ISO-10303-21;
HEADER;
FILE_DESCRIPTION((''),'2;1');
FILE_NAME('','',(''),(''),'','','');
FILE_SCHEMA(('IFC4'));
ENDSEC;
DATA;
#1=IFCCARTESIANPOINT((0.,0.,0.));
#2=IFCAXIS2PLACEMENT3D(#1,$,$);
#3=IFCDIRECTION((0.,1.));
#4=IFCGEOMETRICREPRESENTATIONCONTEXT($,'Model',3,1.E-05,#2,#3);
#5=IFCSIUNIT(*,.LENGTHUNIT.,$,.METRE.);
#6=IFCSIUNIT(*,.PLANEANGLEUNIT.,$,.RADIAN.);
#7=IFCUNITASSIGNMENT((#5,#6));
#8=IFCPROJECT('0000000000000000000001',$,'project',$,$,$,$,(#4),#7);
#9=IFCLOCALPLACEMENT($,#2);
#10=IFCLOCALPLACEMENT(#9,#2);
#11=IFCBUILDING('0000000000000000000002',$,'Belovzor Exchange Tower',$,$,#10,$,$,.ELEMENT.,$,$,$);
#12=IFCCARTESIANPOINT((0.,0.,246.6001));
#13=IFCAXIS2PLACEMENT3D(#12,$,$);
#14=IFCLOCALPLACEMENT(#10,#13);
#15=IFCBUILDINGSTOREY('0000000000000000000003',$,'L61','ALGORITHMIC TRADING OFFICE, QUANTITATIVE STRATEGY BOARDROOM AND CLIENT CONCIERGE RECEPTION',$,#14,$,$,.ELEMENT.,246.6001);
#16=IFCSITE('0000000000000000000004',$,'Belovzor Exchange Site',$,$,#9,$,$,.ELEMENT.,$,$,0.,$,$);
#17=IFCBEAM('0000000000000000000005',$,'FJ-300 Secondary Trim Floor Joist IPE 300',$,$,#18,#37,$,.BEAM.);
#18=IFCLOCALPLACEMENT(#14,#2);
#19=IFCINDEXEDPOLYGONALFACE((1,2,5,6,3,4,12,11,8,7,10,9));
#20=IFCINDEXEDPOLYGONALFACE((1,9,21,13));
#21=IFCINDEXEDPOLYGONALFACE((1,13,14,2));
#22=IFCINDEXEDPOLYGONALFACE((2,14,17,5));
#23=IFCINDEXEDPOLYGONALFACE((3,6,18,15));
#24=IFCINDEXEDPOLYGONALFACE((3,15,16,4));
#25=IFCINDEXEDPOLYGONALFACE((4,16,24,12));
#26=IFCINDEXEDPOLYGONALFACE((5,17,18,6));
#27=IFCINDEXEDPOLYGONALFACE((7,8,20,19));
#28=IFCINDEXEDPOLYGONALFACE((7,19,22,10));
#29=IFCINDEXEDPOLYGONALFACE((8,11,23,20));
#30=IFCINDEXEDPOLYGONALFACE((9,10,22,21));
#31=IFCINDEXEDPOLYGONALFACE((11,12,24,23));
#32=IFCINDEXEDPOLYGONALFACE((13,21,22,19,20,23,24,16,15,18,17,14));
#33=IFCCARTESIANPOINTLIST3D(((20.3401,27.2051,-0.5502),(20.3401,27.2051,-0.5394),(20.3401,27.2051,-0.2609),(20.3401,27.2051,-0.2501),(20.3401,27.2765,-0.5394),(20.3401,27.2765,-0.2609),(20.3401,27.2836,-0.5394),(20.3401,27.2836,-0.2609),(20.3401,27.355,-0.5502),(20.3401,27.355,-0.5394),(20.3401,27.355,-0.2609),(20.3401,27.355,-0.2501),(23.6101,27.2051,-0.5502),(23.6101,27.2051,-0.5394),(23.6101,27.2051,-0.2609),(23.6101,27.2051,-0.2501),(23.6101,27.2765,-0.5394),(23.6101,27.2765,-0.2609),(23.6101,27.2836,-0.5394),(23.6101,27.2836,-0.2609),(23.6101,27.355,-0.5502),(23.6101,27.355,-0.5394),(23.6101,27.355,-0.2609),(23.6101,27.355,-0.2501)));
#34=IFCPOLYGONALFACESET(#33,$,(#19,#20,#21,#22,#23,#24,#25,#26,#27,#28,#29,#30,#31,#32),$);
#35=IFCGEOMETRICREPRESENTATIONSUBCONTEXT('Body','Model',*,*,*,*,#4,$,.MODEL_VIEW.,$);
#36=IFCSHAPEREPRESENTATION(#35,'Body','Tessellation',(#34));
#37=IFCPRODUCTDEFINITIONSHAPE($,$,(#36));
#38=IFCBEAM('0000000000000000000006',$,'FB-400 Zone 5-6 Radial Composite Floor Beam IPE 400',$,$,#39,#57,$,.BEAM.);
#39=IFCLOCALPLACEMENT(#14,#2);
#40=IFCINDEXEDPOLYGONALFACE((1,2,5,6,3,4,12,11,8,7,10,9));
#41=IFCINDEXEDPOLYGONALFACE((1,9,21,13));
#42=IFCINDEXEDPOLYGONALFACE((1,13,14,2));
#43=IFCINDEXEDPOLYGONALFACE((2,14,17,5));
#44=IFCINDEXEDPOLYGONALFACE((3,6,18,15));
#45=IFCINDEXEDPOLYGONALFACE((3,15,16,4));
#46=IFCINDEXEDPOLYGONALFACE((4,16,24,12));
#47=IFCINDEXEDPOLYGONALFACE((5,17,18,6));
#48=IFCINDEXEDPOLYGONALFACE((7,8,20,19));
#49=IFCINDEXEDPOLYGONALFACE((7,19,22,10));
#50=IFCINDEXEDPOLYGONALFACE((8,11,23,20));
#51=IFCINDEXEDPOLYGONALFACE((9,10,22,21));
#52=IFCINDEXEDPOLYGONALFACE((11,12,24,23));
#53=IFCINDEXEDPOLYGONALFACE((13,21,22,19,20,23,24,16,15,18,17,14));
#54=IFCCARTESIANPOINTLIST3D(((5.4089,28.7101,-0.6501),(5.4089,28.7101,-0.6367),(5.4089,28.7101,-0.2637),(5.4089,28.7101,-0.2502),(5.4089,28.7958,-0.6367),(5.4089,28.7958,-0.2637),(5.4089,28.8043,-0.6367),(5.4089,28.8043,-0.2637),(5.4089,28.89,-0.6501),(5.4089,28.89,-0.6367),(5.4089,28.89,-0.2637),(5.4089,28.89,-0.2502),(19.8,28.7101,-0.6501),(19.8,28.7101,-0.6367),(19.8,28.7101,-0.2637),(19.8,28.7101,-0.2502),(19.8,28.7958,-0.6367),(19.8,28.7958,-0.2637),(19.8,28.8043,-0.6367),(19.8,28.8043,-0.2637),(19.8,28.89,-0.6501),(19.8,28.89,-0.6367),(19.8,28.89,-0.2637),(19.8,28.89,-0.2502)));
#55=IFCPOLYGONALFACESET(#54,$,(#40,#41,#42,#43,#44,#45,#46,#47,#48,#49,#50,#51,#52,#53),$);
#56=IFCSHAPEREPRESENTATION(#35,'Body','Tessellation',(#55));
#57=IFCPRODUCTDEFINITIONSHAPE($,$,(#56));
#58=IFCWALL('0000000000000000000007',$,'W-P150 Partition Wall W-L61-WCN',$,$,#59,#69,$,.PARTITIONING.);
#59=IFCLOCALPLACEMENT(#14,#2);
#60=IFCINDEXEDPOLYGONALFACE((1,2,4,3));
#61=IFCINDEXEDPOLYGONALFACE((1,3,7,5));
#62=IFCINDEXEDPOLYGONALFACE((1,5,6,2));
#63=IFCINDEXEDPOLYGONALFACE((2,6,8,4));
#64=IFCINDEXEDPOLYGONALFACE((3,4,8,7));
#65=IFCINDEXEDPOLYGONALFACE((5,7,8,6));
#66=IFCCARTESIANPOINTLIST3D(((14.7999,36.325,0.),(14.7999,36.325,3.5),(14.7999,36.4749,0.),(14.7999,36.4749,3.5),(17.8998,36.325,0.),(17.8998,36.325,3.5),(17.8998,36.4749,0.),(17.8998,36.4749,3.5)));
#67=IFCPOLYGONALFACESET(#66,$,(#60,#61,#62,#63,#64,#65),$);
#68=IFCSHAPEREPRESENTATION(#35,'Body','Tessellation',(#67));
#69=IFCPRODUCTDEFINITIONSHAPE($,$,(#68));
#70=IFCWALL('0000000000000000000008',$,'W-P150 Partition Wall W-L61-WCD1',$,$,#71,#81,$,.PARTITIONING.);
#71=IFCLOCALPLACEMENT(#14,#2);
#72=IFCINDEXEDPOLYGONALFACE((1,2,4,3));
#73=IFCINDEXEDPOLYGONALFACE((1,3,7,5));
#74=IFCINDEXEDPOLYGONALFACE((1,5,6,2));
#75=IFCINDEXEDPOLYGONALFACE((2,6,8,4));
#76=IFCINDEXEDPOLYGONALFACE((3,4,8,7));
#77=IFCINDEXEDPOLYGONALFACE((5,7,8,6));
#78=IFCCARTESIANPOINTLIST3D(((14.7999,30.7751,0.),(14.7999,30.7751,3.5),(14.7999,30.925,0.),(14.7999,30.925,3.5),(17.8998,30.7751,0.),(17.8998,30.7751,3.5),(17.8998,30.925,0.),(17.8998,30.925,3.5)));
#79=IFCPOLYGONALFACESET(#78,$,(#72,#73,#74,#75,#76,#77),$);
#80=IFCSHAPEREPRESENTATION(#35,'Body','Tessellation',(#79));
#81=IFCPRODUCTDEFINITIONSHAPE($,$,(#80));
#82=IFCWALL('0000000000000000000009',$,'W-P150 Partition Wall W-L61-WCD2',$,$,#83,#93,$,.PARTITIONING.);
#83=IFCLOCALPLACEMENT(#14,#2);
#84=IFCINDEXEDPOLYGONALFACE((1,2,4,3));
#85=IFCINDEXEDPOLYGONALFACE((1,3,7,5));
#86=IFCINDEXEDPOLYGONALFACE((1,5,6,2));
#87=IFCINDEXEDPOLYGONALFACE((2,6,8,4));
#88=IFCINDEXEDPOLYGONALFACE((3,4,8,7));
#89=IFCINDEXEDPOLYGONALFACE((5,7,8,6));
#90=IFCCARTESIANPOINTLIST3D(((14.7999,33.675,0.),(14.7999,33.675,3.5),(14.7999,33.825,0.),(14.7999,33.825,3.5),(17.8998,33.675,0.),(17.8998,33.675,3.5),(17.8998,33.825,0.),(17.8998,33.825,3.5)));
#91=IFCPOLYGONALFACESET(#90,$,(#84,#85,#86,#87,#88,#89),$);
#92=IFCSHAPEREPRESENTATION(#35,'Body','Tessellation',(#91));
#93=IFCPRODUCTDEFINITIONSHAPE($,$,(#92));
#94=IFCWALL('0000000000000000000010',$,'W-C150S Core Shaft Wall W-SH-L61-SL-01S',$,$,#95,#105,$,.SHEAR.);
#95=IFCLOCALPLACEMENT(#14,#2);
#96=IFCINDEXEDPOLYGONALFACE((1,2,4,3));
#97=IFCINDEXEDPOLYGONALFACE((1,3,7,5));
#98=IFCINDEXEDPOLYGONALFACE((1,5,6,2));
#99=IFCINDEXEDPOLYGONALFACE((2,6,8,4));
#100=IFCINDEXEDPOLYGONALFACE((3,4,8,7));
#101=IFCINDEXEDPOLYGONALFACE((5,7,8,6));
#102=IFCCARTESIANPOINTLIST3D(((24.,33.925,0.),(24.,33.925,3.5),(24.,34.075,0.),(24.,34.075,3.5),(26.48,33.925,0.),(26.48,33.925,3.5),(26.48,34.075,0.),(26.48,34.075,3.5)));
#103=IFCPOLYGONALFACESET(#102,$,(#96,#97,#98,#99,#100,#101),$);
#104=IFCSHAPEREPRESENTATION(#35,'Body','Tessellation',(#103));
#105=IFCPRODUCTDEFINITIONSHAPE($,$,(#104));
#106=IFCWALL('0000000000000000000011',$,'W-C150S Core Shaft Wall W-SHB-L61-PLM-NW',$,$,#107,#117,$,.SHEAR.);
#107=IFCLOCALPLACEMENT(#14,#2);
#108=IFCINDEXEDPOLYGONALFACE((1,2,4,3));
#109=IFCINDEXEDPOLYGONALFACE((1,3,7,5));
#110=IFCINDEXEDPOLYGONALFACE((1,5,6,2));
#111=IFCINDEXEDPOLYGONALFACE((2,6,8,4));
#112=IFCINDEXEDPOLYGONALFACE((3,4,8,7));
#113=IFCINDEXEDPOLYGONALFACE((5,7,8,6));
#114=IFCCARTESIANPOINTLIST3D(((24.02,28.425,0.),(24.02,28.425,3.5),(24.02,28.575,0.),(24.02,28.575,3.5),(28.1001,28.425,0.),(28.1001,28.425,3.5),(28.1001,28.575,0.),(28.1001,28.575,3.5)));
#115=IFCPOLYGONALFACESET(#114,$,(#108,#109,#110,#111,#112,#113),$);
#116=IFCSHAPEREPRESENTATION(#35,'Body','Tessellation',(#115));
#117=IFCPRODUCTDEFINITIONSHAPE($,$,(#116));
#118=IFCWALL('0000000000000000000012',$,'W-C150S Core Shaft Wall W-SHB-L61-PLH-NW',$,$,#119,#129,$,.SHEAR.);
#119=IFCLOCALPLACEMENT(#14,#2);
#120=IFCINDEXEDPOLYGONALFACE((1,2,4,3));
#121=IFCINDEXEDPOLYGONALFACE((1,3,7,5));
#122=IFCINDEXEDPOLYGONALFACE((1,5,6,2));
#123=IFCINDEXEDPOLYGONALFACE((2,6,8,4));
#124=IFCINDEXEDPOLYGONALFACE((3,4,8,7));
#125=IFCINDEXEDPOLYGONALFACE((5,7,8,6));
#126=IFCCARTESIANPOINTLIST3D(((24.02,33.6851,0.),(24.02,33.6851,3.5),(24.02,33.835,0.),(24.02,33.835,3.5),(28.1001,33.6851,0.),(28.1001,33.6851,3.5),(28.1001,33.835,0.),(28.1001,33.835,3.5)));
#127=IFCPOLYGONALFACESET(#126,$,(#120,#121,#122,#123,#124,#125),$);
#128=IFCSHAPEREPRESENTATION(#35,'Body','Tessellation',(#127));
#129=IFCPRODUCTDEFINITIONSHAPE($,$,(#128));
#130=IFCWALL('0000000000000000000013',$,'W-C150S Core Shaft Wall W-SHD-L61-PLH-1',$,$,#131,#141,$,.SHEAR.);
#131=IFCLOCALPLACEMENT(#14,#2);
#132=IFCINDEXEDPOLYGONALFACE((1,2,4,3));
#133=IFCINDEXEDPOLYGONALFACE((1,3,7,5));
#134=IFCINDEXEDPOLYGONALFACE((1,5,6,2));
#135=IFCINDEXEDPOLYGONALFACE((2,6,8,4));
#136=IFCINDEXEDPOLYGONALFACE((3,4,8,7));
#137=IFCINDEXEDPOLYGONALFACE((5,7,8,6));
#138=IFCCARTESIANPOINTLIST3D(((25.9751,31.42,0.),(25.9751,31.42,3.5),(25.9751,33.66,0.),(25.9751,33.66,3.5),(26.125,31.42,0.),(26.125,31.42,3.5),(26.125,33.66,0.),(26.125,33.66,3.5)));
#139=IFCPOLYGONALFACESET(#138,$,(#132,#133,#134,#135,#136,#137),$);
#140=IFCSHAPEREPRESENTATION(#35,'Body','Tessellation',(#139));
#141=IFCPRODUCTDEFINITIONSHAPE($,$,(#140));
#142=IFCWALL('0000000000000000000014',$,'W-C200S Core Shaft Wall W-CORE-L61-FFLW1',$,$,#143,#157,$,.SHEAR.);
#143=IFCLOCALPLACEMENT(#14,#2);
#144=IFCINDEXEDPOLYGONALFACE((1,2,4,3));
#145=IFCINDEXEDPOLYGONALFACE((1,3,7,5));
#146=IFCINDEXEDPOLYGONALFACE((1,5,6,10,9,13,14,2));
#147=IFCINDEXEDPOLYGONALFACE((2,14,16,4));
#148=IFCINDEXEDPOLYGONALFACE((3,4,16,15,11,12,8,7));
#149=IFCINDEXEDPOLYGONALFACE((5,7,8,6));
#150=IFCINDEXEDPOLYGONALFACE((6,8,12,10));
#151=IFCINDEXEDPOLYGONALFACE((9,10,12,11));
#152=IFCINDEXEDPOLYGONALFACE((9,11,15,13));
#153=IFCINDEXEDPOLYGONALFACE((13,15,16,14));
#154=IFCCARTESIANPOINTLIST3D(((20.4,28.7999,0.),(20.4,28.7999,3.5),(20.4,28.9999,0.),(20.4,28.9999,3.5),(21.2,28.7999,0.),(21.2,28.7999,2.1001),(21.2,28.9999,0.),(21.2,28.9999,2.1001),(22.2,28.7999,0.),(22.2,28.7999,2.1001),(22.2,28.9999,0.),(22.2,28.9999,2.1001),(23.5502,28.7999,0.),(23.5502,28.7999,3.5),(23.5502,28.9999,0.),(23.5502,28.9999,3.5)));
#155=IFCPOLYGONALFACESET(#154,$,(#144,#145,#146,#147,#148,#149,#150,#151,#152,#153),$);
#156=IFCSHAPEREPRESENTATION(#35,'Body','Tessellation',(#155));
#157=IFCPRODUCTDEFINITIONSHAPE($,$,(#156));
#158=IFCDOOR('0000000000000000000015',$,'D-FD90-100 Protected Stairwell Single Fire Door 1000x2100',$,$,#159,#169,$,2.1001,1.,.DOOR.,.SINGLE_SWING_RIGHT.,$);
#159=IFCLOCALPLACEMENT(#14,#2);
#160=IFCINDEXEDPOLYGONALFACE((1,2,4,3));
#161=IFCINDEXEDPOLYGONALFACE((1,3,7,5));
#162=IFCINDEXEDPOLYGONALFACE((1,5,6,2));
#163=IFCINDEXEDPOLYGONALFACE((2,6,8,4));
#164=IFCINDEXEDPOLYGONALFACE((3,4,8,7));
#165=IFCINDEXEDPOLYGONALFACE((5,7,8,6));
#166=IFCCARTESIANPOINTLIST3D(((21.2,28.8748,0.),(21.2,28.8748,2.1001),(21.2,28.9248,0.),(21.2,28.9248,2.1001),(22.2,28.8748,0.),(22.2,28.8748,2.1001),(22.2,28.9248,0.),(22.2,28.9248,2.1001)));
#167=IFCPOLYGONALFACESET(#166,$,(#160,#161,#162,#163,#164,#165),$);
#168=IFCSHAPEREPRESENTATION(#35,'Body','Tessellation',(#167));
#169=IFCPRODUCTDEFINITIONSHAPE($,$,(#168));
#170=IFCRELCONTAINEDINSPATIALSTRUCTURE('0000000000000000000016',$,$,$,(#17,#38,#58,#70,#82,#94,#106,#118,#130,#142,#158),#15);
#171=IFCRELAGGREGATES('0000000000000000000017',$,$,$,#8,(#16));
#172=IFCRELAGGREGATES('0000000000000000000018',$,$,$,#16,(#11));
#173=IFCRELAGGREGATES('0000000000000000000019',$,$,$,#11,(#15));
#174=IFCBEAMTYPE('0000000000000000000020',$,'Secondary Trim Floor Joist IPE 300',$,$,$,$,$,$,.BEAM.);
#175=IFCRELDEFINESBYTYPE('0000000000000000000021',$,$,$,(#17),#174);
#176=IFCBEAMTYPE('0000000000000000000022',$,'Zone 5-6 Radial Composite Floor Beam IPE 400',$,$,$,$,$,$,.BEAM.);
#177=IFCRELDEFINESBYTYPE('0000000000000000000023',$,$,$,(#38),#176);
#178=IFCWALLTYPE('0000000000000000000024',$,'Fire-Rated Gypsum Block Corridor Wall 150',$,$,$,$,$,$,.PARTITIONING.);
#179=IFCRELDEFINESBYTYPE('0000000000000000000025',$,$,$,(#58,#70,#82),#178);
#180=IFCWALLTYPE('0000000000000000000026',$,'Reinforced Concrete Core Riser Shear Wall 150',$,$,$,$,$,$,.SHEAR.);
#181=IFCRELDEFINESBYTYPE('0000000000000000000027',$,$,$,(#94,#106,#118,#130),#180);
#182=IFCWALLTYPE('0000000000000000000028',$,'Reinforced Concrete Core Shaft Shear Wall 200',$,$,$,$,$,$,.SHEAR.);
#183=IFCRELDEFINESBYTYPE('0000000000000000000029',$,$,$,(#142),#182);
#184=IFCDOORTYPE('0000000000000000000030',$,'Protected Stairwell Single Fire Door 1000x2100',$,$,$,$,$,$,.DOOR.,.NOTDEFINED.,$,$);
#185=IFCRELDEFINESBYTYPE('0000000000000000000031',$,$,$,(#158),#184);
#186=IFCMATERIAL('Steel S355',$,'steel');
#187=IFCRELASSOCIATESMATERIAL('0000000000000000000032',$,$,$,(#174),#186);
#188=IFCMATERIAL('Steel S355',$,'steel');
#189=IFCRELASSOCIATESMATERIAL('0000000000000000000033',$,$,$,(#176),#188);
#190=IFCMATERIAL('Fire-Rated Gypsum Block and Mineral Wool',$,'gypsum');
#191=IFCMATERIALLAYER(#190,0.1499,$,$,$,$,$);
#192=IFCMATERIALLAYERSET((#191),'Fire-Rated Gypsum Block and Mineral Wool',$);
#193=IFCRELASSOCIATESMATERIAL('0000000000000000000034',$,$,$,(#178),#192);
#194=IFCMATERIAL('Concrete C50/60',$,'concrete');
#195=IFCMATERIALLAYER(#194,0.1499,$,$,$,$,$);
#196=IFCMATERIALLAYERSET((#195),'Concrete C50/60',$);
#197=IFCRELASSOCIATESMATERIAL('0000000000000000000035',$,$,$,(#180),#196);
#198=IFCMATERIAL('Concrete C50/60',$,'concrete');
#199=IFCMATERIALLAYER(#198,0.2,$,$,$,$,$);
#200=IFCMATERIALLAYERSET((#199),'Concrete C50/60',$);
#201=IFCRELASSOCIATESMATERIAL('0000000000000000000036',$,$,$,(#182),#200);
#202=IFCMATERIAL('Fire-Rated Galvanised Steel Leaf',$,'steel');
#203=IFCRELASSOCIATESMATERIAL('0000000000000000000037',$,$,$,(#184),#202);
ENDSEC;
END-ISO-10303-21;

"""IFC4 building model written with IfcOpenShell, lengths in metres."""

from ifc_helpers import new_model, si_unit, direction, frame, frame_2d, origin, origin_2d, place, context, subcontext, project, spatial, rectangle, i_section, extrude, material, layer, layer_set, material_profile, profile_set, type_object, element, fill, save


model = new_model("IFC4")

# Units and contexts
model_context = context("Model", 3, precision=1e-05, world=origin(), true_north=direction((0.0, 1.0)))
body_context = subcontext(model_context, "Body", "Model", "MODEL_VIEW")
ifc_project = project(units=[si_unit("LENGTHUNIT", "METRE"), si_unit("PLANEANGLEUNIT", "RADIAN")], contexts=[model_context])

# Site, building, storey
site_placement = place(None, origin())
site = spatial("IfcSite", under=ifc_project, at=site_placement, Name="Belovzor Exchange Site", CompositionType="ELEMENT", RefElevation=0.0)
building_placement = place(site_placement, origin())
building = spatial("IfcBuilding", under=site, at=building_placement, Name="Belovzor Exchange Tower", CompositionType="ELEMENT")
storey_placement = place(building_placement, frame((0.0, 0.0, 246.6001)))
storey = spatial("IfcBuildingStorey", under=building, at=storey_placement, Name="L61", Description="ALGORITHMIC TRADING OFFICE, QUANTITATIVE STRATEGY BOARDROOM AND CLIENT CONCIERGE RECEPTION", CompositionType="ELEMENT", Elevation=246.6001)

# Beams
ifc_material_1 = material(Name="Steel S355", Category="steel")
ifc_material_profile_1 = material_profile(ifc_material_1, i_section(OverallWidth=0.1499, OverallDepth=0.3, WebThickness=0.0071, FlangeThickness=0.0107, at=origin_2d()))
ifc_profile_set_1 = profile_set([ifc_material_profile_1], Name="Steel S355")
beam_type_1 = type_object("IfcBeamType", Name="Secondary Trim Floor Joist IPE 300", PredefinedType="BEAM", material=ifc_profile_set_1)
beam_1_placement = place(storey_placement, frame((20.3401, 27.28, -0.4001), z_axis=(1.0, 0.0, 0.0), x_axis=(0.0, 1.0, 0.0)))
element("IfcBeam", 1, at=beam_1_placement, inside=storey, type_object=beam_type_1, Name="FJ-300 Secondary Trim Floor Joist IPE 300", PredefinedType="BEAM", context=body_context, shape_type="SweptSolid", body=[
    extrude(i_section(OverallWidth=0.1499, OverallDepth=0.3, WebThickness=0.0071, FlangeThickness=0.0107, at=origin_2d()), origin(), (0.0, 0.0, 1.0), 3.27),
])
ifc_material_2 = material(Name="Steel S355", Category="steel")
ifc_material_profile_2 = material_profile(ifc_material_2, i_section(OverallWidth=0.1799, OverallDepth=0.3999, WebThickness=0.0085, FlangeThickness=0.0134, at=origin_2d()))
ifc_profile_set_2 = profile_set([ifc_material_profile_2], Name="Steel S355")
beam_type_2 = type_object("IfcBeamType", Name="Zone 5-6 Radial Composite Floor Beam IPE 400", PredefinedType="BEAM", material=ifc_profile_set_2)
beam_2_placement = place(storey_placement, frame((19.8, 28.8, -0.4502), z_axis=(-1.0, 0.0, 0.0), x_axis=(0.0, -1.0, 0.0)))
element("IfcBeam", 2, at=beam_2_placement, inside=storey, type_object=beam_type_2, Name="FB-400 Zone 5-6 Radial Composite Floor Beam IPE 400", PredefinedType="BEAM", context=body_context, shape_type="SweptSolid", body=[
    extrude(i_section(OverallWidth=0.1799, OverallDepth=0.3999, WebThickness=0.0085, FlangeThickness=0.0134, at=origin_2d()), origin(), (0.0, 0.0, 1.0), 14.3911),
])

# Walls
ifc_material_3 = material(Name="Fire-Rated Gypsum Block and Mineral Wool", Category="gypsum")
ifc_layer_1 = layer(ifc_material_3, 0.1499)
ifc_layer_set_1 = layer_set([ifc_layer_1], Name="Fire-Rated Gypsum Block and Mineral Wool")
wall_type_1 = type_object("IfcWallType", Name="Fire-Rated Gypsum Block Corridor Wall 150", PredefinedType="PARTITIONING", material=ifc_layer_set_1)
for number, where, z_axis, x_axis, name in (
    (3, (14.8, 36.3999, 0.0), (0.0, 0.0, 1.0), (1.0, 0.0, 0.0), "W-P150 Partition Wall W-L61-WCN"),
    (4, (14.8, 30.8501, 0.0), (0.0, 0.0, 1.0), (1.0, 0.0, 0.0), "W-P150 Partition Wall W-L61-WCD1"),
    (5, (14.8, 33.75, 0.0), (0.0, 0.0, 1.0), (1.0, 0.0, 0.0), "W-P150 Partition Wall W-L61-WCD2"),
):
    element("IfcWall", number, at=place(storey_placement, frame(where, z_axis=z_axis, x_axis=x_axis)), inside=storey, type_object=wall_type_1, Name=name, PredefinedType="PARTITIONING", context=body_context, shape_type="SweptSolid", body=[
        extrude(rectangle(XDim=3.0999, YDim=0.1499, at=frame_2d((1.5498, 0.0))), origin(), (0.0, 0.0, 1.0), 3.5),
    ])
ifc_material_4 = material(Name="Concrete C50/60", Category="concrete")
ifc_layer_2 = layer(ifc_material_4, 0.1499)
ifc_layer_set_2 = layer_set([ifc_layer_2], Name="Concrete C50/60")
wall_type_2 = type_object("IfcWallType", Name="Reinforced Concrete Core Riser Shear Wall 150", PredefinedType="SHEAR", material=ifc_layer_set_2)
wall_1_placement = place(storey_placement, frame((24.0, 34.0, 0.0), z_axis=(0.0, 0.0, 1.0), x_axis=(1.0, 0.0, 0.0)))
element("IfcWall", 6, at=wall_1_placement, inside=storey, type_object=wall_type_2, Name="W-C150S Core Shaft Wall W-SH-L61-SL-01S", PredefinedType="SHEAR", context=body_context, shape_type="SweptSolid", body=[
    extrude(rectangle(XDim=2.48, YDim=0.1499, at=frame_2d((1.24, 0.0))), origin(), (0.0, 0.0, 1.0), 3.5),
])
for number, where, z_axis, x_axis, name in (
    (7, (24.02, 28.5, 0.0), (0.0, 0.0, 1.0), (1.0, 0.0, 0.0), "W-C150S Core Shaft Wall W-SHB-L61-PLM-NW"),
    (8, (24.02, 33.76, 0.0), (0.0, 0.0, 1.0), (1.0, 0.0, 0.0), "W-C150S Core Shaft Wall W-SHB-L61-PLH-NW"),
):
    element("IfcWall", number, at=place(storey_placement, frame(where, z_axis=z_axis, x_axis=x_axis)), inside=storey, type_object=wall_type_2, Name=name, PredefinedType="SHEAR", context=body_context, shape_type="SweptSolid", body=[
        extrude(rectangle(XDim=4.0801, YDim=0.1499, at=frame_2d((2.04, 0.0))), origin(), (0.0, 0.0, 1.0), 3.5),
    ])
wall_2_placement = place(storey_placement, frame((26.05, 31.4199, 0.0), z_axis=(0.0, 0.0, 1.0), x_axis=(0.0, 1.0, 0.0)))
element("IfcWall", 9, at=wall_2_placement, inside=storey, type_object=wall_type_2, Name="W-C150S Core Shaft Wall W-SHD-L61-PLH-1", PredefinedType="SHEAR", context=body_context, shape_type="SweptSolid", body=[
    extrude(rectangle(XDim=2.24, YDim=0.1499, at=frame_2d((1.1201, 0.0))), origin(), (0.0, 0.0, 1.0), 3.5),
])

# Wall, opening, door
ifc_material_5 = material(Name="Concrete C50/60", Category="concrete")
ifc_layer_3 = layer(ifc_material_5, 0.2)
ifc_layer_set_3 = layer_set([ifc_layer_3], Name="Concrete C50/60")
wall_type_3 = type_object("IfcWallType", Name="Reinforced Concrete Core Shaft Shear Wall 200", PredefinedType="SHEAR", material=ifc_layer_set_3)
wall_3_placement = place(storey_placement, frame((20.3999, 28.8999, 0.0), z_axis=(0.0, 0.0, 1.0), x_axis=(1.0, 0.0, 0.0)))
wall_3 = element("IfcWall", 10, at=wall_3_placement, inside=storey, type_object=wall_type_3, Name="W-C200S Core Shaft Wall W-CORE-L61-FFLW1", PredefinedType="SHEAR", context=body_context, shape_type="SweptSolid", body=[
    extrude(rectangle(XDim=3.1501, YDim=0.2, at=frame_2d((1.5752, 0.0))), origin(), (0.0, 0.0, 1.0), 3.5),
])
opening_1_placement = place(wall_3_placement, frame((0.8, 0.0, 0.0)))
opening_1 = element("IfcOpeningElement", 11, at=opening_1_placement, cuts=wall_3, PredefinedType="OPENING", context=body_context, shape_type="SweptSolid", body=[
    extrude(rectangle(XDim=1.0, YDim=2.1001, at=frame_2d((0.5, 1.05))), frame((0.0, 0.1099, 0.0), z_axis=(0.0, -1.0, 0.0), x_axis=(1.0, 0.0, 0.0)), (0.0, 0.0, 1.0), 0.22),
])
ifc_material_6 = material(Name="Fire-Rated Galvanised Steel Leaf", Category="steel")
door_type_1 = type_object("IfcDoorType", Name="Protected Stairwell Single Fire Door 1000x2100", OperationType="NOTDEFINED", PredefinedType="DOOR", material=ifc_material_6)
door_1_placement = place(opening_1_placement, origin())
door_1 = element("IfcDoor", 12, at=door_1_placement, inside=storey, type_object=door_type_1, Name="D-FD90-100 Protected Stairwell Single Fire Door 1000x2100", OperationType="SINGLE_SWING_RIGHT", OverallHeight=2.1001, OverallWidth=1.0, PredefinedType="DOOR", context=body_context, shape_type="SweptSolid", body=[
    extrude(rectangle(XDim=1.0, YDim=2.1001, at=frame_2d((0.5, 1.05))), frame((0.0, 0.0249, 0.0), z_axis=(0.0, -1.0, 0.0), x_axis=(1.0, 0.0, 0.0)), (0.0, 0.0, 1.0), 0.05),
])
fill(opening_1, door_1)

save(model, "model.ifc")
